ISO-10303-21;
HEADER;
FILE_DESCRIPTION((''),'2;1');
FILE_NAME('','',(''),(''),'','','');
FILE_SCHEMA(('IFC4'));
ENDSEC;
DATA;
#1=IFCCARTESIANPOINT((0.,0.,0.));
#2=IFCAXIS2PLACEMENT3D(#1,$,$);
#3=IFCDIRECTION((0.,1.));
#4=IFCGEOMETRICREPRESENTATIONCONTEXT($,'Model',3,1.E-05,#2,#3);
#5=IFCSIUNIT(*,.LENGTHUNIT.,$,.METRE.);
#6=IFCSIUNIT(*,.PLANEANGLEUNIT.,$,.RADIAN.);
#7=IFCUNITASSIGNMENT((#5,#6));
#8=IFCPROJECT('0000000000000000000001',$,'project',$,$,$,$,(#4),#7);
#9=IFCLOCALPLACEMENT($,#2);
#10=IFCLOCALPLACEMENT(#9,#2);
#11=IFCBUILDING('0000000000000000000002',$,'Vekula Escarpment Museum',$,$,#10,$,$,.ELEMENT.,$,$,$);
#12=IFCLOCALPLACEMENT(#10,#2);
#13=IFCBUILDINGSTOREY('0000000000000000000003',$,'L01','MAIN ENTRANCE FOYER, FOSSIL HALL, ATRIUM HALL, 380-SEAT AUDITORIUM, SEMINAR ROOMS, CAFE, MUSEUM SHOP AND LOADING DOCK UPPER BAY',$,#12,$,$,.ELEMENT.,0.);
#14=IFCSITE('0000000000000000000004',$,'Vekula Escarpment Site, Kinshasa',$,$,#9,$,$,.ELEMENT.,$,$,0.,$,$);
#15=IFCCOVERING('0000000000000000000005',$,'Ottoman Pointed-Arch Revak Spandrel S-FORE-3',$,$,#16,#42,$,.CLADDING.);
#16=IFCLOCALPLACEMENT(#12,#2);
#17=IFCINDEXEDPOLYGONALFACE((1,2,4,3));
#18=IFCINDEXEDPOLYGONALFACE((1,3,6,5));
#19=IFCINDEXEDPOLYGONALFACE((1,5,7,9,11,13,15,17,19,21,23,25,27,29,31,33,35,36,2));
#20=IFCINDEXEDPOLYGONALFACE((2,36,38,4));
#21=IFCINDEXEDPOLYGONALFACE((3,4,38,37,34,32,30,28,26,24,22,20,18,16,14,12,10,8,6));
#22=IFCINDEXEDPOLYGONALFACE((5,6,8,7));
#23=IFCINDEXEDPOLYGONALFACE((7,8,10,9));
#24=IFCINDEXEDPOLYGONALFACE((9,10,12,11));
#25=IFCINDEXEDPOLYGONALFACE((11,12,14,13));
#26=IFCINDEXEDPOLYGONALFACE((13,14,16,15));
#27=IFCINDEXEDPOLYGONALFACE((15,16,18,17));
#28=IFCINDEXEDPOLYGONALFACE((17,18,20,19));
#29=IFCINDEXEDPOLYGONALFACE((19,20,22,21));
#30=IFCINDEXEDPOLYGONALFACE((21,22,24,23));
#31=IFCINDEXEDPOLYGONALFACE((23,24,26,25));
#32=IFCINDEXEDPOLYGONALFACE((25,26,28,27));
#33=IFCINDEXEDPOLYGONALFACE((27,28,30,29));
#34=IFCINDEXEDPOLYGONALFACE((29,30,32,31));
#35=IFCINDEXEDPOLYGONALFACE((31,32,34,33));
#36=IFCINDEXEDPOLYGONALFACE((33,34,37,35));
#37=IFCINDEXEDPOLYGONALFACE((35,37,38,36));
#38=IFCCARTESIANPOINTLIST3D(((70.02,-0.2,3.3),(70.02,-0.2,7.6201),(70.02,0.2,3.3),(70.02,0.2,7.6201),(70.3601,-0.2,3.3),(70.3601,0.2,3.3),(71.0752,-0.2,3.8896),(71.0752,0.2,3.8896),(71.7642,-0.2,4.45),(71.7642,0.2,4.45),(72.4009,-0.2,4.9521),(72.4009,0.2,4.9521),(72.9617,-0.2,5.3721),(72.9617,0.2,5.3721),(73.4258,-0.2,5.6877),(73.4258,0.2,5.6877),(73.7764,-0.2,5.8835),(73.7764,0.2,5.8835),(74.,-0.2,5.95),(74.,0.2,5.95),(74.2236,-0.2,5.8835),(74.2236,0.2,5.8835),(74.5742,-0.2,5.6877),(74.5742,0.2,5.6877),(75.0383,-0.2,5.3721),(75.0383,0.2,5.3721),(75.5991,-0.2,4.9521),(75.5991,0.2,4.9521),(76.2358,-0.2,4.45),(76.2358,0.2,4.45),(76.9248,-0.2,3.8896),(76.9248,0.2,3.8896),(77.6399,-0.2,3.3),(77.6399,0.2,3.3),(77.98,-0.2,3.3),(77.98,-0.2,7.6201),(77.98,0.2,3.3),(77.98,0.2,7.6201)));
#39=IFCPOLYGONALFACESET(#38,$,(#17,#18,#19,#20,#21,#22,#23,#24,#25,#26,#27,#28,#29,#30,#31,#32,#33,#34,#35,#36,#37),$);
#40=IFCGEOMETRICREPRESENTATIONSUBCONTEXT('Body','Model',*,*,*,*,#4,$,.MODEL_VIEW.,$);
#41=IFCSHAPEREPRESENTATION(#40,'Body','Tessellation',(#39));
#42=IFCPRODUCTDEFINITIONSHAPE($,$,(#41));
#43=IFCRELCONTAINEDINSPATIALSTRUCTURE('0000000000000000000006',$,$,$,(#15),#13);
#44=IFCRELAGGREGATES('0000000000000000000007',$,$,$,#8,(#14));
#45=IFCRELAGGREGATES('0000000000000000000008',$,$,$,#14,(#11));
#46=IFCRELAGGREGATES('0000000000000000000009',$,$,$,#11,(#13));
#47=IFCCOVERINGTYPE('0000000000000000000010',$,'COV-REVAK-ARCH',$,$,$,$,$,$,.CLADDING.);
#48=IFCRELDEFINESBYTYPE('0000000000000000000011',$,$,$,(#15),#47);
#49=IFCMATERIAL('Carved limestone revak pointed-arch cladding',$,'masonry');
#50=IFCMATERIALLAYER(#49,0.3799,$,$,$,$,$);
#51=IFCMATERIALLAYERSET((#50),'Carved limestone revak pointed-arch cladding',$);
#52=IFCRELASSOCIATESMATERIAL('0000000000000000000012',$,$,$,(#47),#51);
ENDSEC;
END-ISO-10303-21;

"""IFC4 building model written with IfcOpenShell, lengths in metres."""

from ifc_helpers import new_model, si_unit, direction, frame, origin, place, context, subcontext, project, spatial, polyline, outline, extrude, material, layer, layer_set, type_object, element, save


model = new_model("IFC4")

# Units and contexts
model_context = context("Model", 3, precision=1e-05, world=origin(), true_north=direction((0.0, 1.0)))
body_context = subcontext(model_context, "Body", "Model", "MODEL_VIEW")
ifc_project = project(units=[si_unit("LENGTHUNIT", "METRE"), si_unit("PLANEANGLEUNIT", "RADIAN")], contexts=[model_context])

# Site, building, storey
site_placement = place(None, origin())
site = spatial("IfcSite", under=ifc_project, at=site_placement, Name="Vekula Escarpment Site, Kinshasa", CompositionType="ELEMENT", RefElevation=0.0)
building_placement = place(site_placement, origin())
building = spatial("IfcBuilding", under=site, at=building_placement, Name="Vekula Escarpment Museum", CompositionType="ELEMENT")
storey_placement = place(building_placement, origin())
storey = spatial("IfcBuildingStorey", under=building, at=storey_placement, Name="L01", Description="MAIN ENTRANCE FOYER, FOSSIL HALL, ATRIUM HALL, 380-SEAT AUDITORIUM, SEMINAR ROOMS, CAFE, MUSEUM SHOP AND LOADING DOCK UPPER BAY", CompositionType="ELEMENT", Elevation=0.0)

# Covering
ifc_material_1 = material(Name="Carved limestone revak pointed-arch cladding", Category="masonry")
ifc_layer_1 = layer(ifc_material_1, 0.3799)
ifc_layer_set_1 = layer_set([ifc_layer_1], Name="Carved limestone revak pointed-arch cladding")
covering_type_1 = type_object("IfcCoveringType", Name="COV-REVAK-ARCH", PredefinedType="CLADDING", material=ifc_layer_set_1)
covering_placement = place(storey_placement, frame((74.0, 0.2, 3.3), z_axis=(0.0, -1.0, 0.0), x_axis=(1.0, 0.0, 0.0)))
element("IfcCovering", 1, at=covering_placement, inside=storey, type_object=covering_type_1, Name="Ottoman Pointed-Arch Revak Spandrel S-FORE-3", PredefinedType="CLADDING", context=body_context, shape_type="SweptSolid", body=[
    extrude(outline(polyline([(-3.98, 4.3201), (3.98, 4.3201), (3.98, 0.0), (3.6399, 0.0), (2.9248, 0.5896), (2.2358, 1.1499), (1.5991, 1.6521), (1.0383, 2.072), (0.5742, 2.3877), (0.2236, 2.5835), (0.0, 2.6499), (-0.2236, 2.5835), (-0.5742, 2.3877), (-1.0383, 2.072), (-1.5991, 1.6521), (-2.2358, 1.1499), (-2.9248, 0.5896), (-3.6399, 0.0), (-3.98, 0.0), (-3.98, 4.3201)])), origin(), (0.0, 0.0, 1.0), 0.3999),
])

save(model, "model.ifc")
